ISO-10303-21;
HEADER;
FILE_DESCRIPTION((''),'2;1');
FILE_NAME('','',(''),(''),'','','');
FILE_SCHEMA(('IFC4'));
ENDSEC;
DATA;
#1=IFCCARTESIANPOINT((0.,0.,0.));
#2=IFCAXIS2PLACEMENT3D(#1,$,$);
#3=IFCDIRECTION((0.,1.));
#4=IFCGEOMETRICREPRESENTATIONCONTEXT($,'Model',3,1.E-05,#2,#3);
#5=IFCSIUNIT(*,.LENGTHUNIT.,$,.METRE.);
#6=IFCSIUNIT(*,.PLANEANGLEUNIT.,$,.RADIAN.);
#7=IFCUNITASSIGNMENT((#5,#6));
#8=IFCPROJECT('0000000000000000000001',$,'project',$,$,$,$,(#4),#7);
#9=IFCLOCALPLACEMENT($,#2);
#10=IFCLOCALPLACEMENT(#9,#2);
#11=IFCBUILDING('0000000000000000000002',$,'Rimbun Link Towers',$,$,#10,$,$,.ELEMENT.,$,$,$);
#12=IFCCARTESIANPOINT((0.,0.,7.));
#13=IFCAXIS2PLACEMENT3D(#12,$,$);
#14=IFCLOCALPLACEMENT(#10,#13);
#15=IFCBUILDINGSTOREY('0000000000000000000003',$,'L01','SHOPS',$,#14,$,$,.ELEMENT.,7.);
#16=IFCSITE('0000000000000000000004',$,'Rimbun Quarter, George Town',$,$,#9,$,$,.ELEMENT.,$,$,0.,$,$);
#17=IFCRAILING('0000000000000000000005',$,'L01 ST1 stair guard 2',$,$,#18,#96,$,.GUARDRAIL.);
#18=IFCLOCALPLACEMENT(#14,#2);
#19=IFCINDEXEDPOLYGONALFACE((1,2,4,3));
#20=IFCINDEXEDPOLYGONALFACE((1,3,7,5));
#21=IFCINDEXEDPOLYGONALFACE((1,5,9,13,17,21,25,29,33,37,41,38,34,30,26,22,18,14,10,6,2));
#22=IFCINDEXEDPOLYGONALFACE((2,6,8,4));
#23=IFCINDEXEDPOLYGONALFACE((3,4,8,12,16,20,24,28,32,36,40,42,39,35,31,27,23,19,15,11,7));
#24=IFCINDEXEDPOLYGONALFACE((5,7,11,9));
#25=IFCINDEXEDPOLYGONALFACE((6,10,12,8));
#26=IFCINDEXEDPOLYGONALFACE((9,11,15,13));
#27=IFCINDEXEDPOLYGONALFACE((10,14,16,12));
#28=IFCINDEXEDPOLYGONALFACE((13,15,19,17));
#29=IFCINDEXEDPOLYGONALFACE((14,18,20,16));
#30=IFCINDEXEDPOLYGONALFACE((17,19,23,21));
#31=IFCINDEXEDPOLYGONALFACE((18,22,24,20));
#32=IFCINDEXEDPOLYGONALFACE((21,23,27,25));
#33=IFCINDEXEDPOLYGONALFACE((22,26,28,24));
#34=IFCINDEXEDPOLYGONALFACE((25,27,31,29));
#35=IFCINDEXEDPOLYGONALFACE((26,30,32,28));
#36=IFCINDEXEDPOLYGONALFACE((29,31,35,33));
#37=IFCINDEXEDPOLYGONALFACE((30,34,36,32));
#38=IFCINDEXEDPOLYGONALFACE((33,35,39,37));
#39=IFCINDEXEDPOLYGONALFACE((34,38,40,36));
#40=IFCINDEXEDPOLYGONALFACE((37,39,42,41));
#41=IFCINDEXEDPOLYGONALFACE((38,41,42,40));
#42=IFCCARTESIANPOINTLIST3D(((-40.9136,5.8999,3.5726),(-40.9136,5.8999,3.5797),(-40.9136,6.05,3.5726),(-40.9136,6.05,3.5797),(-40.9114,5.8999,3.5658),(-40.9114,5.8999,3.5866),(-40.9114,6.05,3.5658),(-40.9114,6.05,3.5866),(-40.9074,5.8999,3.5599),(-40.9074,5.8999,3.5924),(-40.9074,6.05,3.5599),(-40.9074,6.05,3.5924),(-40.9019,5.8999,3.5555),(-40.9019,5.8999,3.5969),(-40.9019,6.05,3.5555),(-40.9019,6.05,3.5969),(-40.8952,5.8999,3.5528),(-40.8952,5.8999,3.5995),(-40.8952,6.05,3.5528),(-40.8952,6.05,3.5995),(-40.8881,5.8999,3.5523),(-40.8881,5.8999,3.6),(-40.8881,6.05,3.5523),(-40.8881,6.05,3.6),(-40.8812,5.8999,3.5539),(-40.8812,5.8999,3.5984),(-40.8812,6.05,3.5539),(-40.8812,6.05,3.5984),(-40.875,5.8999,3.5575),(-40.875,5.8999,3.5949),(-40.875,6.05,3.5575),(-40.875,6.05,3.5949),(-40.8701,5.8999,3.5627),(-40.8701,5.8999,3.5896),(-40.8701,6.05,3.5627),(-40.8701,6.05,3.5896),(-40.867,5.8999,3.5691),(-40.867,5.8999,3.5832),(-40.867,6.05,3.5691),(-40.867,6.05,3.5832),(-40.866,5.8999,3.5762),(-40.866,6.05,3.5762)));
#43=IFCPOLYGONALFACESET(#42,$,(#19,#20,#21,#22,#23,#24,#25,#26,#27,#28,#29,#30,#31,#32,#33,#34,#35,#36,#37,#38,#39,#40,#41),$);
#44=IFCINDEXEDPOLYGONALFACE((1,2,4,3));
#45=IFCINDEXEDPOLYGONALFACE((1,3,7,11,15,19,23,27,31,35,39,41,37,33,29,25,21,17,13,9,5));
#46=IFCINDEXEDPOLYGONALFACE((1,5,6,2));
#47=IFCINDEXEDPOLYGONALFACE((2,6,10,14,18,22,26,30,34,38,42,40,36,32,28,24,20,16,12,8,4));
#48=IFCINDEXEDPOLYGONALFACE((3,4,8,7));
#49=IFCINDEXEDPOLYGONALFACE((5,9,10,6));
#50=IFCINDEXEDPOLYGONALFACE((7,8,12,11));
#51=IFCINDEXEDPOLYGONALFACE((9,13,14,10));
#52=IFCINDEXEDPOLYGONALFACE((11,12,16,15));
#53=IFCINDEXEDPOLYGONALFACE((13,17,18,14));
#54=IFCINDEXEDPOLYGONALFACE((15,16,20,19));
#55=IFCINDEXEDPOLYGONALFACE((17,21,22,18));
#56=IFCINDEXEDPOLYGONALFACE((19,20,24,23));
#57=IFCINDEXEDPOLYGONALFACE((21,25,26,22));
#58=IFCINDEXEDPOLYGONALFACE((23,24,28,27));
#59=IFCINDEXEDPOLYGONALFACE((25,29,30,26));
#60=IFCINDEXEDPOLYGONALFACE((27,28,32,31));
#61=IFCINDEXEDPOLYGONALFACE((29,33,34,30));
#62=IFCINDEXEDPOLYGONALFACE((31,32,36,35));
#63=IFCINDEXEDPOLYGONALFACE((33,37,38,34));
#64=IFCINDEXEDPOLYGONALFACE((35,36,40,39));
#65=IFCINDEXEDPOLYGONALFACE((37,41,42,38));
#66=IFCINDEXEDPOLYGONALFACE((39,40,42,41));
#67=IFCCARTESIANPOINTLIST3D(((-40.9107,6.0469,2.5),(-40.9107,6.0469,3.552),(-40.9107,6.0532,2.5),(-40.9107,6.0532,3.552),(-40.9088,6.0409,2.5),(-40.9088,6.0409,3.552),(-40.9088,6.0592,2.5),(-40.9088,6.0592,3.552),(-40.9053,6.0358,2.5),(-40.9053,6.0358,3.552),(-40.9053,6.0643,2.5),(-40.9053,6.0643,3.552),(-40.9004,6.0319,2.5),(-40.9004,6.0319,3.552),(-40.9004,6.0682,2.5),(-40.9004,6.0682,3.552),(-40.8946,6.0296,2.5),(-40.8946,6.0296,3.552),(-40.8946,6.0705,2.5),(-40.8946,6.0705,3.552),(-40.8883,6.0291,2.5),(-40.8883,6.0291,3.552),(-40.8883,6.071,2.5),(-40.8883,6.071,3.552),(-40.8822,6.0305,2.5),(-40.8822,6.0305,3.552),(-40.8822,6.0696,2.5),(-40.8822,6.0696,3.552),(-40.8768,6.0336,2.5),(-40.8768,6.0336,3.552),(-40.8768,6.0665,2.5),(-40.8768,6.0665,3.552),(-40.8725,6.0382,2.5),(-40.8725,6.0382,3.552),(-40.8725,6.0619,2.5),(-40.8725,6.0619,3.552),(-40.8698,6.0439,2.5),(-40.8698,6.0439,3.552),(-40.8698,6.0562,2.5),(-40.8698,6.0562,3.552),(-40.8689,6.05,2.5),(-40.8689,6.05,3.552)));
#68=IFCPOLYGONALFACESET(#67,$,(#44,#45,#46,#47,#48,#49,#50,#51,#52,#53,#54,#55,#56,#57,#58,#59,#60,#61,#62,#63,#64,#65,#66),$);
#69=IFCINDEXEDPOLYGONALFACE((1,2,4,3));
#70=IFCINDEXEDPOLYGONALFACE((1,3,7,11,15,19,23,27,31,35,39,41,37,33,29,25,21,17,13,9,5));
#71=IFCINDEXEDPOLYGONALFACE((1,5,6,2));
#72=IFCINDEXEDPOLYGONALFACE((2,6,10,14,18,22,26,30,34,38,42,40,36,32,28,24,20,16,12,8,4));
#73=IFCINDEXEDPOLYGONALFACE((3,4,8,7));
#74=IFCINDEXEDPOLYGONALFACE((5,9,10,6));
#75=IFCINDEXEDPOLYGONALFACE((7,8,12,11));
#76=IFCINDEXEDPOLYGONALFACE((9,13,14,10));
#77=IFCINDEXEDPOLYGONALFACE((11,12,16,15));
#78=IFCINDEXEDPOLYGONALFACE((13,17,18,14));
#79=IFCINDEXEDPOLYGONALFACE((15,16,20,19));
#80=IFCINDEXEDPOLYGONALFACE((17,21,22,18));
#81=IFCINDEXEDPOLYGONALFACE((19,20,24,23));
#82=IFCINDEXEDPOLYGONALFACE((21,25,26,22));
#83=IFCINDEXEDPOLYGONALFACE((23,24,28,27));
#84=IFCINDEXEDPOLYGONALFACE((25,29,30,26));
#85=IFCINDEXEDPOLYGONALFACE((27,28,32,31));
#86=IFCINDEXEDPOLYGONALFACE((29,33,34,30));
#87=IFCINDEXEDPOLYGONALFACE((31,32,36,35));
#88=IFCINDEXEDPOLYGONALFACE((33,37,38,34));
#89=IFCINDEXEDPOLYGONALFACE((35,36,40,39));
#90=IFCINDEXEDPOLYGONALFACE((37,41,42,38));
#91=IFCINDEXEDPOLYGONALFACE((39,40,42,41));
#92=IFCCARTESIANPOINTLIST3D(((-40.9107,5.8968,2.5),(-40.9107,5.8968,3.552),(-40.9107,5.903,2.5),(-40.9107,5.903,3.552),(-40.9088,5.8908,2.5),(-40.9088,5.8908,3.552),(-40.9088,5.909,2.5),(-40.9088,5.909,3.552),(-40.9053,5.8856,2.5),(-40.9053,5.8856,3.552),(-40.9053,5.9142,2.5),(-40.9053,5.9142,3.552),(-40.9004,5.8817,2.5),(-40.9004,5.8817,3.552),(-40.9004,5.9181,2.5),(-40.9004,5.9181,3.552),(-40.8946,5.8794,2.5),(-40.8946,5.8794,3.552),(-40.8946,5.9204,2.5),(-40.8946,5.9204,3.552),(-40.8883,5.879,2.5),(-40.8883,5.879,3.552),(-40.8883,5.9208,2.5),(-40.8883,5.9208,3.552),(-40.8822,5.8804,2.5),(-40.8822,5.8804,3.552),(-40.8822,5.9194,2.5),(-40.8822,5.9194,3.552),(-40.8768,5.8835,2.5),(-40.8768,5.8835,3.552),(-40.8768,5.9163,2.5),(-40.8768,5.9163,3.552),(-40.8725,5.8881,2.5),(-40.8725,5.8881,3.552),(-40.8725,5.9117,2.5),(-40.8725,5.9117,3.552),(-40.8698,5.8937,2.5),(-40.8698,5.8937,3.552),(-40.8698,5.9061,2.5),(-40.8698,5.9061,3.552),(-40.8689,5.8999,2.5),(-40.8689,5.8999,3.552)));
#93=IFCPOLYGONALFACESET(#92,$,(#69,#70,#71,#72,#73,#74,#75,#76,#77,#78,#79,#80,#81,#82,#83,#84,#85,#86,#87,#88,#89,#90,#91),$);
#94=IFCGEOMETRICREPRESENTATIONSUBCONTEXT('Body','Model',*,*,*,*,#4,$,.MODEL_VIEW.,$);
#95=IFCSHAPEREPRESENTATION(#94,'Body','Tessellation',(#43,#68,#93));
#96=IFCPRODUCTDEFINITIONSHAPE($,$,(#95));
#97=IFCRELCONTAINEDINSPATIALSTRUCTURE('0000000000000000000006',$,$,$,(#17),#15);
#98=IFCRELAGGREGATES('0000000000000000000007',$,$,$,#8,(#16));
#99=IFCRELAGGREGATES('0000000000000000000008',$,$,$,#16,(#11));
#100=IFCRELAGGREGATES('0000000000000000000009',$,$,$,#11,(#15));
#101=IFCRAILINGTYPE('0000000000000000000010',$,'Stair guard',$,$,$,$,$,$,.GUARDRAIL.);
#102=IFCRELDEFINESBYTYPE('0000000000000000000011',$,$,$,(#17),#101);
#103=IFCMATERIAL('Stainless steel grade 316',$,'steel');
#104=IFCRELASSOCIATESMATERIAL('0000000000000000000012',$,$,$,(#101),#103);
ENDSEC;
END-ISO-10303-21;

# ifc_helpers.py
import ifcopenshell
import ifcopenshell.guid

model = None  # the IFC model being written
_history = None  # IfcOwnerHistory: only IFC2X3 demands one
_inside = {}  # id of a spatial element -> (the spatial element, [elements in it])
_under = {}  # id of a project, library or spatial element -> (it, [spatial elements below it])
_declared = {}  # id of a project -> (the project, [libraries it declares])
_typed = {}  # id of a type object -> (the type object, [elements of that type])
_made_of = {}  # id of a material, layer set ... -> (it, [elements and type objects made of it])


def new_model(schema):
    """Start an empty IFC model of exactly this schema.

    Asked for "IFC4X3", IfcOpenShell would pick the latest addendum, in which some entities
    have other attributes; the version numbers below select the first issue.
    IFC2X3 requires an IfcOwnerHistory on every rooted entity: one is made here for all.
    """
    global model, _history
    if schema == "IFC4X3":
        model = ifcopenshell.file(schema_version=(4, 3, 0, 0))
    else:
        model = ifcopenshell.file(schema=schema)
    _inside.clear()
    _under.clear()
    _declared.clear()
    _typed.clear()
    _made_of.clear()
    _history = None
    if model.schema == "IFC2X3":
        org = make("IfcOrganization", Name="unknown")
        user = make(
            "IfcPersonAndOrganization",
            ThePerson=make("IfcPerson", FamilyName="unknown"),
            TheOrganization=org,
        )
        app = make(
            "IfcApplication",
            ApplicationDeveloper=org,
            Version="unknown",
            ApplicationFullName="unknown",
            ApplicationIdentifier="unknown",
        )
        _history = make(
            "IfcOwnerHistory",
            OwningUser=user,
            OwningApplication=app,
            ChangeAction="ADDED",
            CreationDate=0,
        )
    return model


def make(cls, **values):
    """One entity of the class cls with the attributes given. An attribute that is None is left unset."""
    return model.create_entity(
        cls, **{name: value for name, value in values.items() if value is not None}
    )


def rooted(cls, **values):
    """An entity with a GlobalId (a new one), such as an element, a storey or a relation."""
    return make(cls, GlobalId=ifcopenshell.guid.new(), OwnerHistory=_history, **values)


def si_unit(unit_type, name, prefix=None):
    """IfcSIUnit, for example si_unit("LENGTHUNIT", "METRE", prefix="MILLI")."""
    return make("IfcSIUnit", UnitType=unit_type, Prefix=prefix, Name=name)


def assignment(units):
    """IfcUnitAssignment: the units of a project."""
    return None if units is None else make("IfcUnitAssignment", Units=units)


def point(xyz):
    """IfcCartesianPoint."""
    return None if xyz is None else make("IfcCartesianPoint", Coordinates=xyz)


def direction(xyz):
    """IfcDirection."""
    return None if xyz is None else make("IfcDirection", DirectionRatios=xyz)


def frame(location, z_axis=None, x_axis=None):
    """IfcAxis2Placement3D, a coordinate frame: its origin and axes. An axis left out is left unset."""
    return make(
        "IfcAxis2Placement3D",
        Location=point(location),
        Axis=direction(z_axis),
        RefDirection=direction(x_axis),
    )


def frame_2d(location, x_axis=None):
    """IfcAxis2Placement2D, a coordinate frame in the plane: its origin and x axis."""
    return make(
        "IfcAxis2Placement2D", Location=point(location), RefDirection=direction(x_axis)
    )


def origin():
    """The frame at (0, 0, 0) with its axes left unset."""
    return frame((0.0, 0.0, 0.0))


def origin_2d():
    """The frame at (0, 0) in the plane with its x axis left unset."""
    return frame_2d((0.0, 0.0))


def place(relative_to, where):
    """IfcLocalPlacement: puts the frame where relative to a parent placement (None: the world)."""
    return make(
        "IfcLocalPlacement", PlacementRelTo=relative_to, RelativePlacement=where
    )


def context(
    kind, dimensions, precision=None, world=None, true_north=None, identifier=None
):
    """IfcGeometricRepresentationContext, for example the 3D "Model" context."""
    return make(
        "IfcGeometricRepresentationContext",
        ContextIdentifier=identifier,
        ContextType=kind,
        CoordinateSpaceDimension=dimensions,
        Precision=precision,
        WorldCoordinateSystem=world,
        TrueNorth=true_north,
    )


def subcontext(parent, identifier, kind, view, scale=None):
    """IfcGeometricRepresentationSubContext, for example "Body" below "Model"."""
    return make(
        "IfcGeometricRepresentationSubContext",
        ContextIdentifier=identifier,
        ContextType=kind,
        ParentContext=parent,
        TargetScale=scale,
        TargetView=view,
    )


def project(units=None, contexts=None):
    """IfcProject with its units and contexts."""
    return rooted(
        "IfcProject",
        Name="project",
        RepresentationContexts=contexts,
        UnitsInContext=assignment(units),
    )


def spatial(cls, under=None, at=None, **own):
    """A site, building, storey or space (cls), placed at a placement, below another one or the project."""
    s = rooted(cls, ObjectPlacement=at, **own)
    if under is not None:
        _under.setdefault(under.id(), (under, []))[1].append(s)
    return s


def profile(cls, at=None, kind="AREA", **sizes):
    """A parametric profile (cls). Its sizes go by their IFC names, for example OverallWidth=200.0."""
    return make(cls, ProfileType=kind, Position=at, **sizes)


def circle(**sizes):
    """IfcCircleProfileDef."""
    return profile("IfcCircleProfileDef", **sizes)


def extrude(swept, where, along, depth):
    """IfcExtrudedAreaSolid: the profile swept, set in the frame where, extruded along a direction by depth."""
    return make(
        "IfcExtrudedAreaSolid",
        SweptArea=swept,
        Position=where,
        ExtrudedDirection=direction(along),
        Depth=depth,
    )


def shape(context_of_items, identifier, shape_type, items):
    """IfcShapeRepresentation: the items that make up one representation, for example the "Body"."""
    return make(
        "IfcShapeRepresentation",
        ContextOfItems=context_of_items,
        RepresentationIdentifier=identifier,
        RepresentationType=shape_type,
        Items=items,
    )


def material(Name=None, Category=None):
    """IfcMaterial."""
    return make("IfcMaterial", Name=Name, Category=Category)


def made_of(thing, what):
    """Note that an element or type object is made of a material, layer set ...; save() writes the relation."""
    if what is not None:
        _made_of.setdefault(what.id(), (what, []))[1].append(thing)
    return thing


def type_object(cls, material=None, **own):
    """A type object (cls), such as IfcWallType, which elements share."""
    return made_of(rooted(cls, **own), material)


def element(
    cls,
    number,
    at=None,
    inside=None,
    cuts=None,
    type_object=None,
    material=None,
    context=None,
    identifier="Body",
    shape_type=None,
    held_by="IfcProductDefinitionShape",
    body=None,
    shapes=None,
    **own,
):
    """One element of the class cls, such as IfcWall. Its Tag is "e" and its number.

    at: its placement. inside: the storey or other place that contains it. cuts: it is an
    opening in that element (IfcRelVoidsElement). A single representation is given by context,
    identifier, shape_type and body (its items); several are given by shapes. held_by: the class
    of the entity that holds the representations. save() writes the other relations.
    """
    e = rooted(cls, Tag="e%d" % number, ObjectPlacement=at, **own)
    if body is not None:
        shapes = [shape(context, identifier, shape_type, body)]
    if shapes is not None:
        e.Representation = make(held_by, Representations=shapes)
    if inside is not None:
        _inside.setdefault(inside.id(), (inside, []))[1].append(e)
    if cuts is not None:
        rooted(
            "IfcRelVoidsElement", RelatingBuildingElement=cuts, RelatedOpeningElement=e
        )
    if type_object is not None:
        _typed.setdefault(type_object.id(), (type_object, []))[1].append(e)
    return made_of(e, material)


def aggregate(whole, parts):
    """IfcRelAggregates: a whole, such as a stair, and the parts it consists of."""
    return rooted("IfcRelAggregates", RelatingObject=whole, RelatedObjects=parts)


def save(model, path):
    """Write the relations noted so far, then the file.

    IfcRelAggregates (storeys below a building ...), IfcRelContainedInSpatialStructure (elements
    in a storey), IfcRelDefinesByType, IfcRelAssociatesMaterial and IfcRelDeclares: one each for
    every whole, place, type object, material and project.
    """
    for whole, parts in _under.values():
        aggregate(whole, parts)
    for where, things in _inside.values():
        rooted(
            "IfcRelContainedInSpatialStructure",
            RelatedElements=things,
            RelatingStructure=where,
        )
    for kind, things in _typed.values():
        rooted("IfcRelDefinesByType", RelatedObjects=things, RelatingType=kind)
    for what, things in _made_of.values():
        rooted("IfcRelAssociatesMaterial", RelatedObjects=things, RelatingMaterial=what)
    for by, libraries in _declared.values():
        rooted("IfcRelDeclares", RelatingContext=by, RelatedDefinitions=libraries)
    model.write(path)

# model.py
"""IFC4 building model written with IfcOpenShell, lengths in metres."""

from ifc_helpers import new_model, si_unit, direction, frame, origin, origin_2d, place, context, subcontext, project, spatial, circle, extrude, material, type_object, element, save


model = new_model("IFC4")

# Units and contexts
model_context = context("Model", 3, precision=1e-05, world=origin(), true_north=direction((0.0, 1.0)))
body_context = subcontext(model_context, "Body", "Model", "MODEL_VIEW")
ifc_project = project(units=[si_unit("LENGTHUNIT", "METRE"), si_unit("PLANEANGLEUNIT", "RADIAN")], contexts=[model_context])

# Site, building, storey
site_placement = place(None, origin())
site = spatial("IfcSite", under=ifc_project, at=site_placement, Name="Rimbun Quarter, George Town", CompositionType="ELEMENT", RefElevation=0.0)
building_placement = place(site_placement, origin())
building = spatial("IfcBuilding", under=site, at=building_placement, Name="Rimbun Link Towers", CompositionType="ELEMENT")
storey_placement = place(building_placement, frame((0.0, 0.0, 7.0)))
storey = spatial("IfcBuildingStorey", under=building, at=storey_placement, Name="L01", Description="SHOPS", CompositionType="ELEMENT", Elevation=7.0)

# Railing
ifc_material_1 = material(Name="Stainless steel grade 316", Category="steel")
railing_type_1 = type_object("IfcRailingType", Name="Stair guard", PredefinedType="GUARDRAIL", material=ifc_material_1)
railing_1_placement = place(storey_placement, frame((-40.8899, 6.05, 2.5)))
element("IfcRailing", 1, at=railing_1_placement, inside=storey, type_object=railing_type_1, Name="L01 ST1 stair guard 2", PredefinedType="GUARDRAIL", context=body_context, shape_type="SweptSolid", body=[
    extrude(circle(Radius=0.0239, at=origin_2d()), frame((0.0, 0.0, 1.0762), z_axis=(0.0, -1.0, 0.0), x_axis=(1.0, 0.0, 0.0)), (0.0, 0.0, 1.0), 0.1501),
    extrude(circle(Radius=0.021, at=origin_2d()), origin(), (0.0, 0.0, 1.0), 1.052),
    extrude(circle(Radius=0.021, at=origin_2d()), frame((0.0, -0.1501, 0.0)), (0.0, 0.0, 1.0), 1.052),
])

save(model, "model.ifc")
